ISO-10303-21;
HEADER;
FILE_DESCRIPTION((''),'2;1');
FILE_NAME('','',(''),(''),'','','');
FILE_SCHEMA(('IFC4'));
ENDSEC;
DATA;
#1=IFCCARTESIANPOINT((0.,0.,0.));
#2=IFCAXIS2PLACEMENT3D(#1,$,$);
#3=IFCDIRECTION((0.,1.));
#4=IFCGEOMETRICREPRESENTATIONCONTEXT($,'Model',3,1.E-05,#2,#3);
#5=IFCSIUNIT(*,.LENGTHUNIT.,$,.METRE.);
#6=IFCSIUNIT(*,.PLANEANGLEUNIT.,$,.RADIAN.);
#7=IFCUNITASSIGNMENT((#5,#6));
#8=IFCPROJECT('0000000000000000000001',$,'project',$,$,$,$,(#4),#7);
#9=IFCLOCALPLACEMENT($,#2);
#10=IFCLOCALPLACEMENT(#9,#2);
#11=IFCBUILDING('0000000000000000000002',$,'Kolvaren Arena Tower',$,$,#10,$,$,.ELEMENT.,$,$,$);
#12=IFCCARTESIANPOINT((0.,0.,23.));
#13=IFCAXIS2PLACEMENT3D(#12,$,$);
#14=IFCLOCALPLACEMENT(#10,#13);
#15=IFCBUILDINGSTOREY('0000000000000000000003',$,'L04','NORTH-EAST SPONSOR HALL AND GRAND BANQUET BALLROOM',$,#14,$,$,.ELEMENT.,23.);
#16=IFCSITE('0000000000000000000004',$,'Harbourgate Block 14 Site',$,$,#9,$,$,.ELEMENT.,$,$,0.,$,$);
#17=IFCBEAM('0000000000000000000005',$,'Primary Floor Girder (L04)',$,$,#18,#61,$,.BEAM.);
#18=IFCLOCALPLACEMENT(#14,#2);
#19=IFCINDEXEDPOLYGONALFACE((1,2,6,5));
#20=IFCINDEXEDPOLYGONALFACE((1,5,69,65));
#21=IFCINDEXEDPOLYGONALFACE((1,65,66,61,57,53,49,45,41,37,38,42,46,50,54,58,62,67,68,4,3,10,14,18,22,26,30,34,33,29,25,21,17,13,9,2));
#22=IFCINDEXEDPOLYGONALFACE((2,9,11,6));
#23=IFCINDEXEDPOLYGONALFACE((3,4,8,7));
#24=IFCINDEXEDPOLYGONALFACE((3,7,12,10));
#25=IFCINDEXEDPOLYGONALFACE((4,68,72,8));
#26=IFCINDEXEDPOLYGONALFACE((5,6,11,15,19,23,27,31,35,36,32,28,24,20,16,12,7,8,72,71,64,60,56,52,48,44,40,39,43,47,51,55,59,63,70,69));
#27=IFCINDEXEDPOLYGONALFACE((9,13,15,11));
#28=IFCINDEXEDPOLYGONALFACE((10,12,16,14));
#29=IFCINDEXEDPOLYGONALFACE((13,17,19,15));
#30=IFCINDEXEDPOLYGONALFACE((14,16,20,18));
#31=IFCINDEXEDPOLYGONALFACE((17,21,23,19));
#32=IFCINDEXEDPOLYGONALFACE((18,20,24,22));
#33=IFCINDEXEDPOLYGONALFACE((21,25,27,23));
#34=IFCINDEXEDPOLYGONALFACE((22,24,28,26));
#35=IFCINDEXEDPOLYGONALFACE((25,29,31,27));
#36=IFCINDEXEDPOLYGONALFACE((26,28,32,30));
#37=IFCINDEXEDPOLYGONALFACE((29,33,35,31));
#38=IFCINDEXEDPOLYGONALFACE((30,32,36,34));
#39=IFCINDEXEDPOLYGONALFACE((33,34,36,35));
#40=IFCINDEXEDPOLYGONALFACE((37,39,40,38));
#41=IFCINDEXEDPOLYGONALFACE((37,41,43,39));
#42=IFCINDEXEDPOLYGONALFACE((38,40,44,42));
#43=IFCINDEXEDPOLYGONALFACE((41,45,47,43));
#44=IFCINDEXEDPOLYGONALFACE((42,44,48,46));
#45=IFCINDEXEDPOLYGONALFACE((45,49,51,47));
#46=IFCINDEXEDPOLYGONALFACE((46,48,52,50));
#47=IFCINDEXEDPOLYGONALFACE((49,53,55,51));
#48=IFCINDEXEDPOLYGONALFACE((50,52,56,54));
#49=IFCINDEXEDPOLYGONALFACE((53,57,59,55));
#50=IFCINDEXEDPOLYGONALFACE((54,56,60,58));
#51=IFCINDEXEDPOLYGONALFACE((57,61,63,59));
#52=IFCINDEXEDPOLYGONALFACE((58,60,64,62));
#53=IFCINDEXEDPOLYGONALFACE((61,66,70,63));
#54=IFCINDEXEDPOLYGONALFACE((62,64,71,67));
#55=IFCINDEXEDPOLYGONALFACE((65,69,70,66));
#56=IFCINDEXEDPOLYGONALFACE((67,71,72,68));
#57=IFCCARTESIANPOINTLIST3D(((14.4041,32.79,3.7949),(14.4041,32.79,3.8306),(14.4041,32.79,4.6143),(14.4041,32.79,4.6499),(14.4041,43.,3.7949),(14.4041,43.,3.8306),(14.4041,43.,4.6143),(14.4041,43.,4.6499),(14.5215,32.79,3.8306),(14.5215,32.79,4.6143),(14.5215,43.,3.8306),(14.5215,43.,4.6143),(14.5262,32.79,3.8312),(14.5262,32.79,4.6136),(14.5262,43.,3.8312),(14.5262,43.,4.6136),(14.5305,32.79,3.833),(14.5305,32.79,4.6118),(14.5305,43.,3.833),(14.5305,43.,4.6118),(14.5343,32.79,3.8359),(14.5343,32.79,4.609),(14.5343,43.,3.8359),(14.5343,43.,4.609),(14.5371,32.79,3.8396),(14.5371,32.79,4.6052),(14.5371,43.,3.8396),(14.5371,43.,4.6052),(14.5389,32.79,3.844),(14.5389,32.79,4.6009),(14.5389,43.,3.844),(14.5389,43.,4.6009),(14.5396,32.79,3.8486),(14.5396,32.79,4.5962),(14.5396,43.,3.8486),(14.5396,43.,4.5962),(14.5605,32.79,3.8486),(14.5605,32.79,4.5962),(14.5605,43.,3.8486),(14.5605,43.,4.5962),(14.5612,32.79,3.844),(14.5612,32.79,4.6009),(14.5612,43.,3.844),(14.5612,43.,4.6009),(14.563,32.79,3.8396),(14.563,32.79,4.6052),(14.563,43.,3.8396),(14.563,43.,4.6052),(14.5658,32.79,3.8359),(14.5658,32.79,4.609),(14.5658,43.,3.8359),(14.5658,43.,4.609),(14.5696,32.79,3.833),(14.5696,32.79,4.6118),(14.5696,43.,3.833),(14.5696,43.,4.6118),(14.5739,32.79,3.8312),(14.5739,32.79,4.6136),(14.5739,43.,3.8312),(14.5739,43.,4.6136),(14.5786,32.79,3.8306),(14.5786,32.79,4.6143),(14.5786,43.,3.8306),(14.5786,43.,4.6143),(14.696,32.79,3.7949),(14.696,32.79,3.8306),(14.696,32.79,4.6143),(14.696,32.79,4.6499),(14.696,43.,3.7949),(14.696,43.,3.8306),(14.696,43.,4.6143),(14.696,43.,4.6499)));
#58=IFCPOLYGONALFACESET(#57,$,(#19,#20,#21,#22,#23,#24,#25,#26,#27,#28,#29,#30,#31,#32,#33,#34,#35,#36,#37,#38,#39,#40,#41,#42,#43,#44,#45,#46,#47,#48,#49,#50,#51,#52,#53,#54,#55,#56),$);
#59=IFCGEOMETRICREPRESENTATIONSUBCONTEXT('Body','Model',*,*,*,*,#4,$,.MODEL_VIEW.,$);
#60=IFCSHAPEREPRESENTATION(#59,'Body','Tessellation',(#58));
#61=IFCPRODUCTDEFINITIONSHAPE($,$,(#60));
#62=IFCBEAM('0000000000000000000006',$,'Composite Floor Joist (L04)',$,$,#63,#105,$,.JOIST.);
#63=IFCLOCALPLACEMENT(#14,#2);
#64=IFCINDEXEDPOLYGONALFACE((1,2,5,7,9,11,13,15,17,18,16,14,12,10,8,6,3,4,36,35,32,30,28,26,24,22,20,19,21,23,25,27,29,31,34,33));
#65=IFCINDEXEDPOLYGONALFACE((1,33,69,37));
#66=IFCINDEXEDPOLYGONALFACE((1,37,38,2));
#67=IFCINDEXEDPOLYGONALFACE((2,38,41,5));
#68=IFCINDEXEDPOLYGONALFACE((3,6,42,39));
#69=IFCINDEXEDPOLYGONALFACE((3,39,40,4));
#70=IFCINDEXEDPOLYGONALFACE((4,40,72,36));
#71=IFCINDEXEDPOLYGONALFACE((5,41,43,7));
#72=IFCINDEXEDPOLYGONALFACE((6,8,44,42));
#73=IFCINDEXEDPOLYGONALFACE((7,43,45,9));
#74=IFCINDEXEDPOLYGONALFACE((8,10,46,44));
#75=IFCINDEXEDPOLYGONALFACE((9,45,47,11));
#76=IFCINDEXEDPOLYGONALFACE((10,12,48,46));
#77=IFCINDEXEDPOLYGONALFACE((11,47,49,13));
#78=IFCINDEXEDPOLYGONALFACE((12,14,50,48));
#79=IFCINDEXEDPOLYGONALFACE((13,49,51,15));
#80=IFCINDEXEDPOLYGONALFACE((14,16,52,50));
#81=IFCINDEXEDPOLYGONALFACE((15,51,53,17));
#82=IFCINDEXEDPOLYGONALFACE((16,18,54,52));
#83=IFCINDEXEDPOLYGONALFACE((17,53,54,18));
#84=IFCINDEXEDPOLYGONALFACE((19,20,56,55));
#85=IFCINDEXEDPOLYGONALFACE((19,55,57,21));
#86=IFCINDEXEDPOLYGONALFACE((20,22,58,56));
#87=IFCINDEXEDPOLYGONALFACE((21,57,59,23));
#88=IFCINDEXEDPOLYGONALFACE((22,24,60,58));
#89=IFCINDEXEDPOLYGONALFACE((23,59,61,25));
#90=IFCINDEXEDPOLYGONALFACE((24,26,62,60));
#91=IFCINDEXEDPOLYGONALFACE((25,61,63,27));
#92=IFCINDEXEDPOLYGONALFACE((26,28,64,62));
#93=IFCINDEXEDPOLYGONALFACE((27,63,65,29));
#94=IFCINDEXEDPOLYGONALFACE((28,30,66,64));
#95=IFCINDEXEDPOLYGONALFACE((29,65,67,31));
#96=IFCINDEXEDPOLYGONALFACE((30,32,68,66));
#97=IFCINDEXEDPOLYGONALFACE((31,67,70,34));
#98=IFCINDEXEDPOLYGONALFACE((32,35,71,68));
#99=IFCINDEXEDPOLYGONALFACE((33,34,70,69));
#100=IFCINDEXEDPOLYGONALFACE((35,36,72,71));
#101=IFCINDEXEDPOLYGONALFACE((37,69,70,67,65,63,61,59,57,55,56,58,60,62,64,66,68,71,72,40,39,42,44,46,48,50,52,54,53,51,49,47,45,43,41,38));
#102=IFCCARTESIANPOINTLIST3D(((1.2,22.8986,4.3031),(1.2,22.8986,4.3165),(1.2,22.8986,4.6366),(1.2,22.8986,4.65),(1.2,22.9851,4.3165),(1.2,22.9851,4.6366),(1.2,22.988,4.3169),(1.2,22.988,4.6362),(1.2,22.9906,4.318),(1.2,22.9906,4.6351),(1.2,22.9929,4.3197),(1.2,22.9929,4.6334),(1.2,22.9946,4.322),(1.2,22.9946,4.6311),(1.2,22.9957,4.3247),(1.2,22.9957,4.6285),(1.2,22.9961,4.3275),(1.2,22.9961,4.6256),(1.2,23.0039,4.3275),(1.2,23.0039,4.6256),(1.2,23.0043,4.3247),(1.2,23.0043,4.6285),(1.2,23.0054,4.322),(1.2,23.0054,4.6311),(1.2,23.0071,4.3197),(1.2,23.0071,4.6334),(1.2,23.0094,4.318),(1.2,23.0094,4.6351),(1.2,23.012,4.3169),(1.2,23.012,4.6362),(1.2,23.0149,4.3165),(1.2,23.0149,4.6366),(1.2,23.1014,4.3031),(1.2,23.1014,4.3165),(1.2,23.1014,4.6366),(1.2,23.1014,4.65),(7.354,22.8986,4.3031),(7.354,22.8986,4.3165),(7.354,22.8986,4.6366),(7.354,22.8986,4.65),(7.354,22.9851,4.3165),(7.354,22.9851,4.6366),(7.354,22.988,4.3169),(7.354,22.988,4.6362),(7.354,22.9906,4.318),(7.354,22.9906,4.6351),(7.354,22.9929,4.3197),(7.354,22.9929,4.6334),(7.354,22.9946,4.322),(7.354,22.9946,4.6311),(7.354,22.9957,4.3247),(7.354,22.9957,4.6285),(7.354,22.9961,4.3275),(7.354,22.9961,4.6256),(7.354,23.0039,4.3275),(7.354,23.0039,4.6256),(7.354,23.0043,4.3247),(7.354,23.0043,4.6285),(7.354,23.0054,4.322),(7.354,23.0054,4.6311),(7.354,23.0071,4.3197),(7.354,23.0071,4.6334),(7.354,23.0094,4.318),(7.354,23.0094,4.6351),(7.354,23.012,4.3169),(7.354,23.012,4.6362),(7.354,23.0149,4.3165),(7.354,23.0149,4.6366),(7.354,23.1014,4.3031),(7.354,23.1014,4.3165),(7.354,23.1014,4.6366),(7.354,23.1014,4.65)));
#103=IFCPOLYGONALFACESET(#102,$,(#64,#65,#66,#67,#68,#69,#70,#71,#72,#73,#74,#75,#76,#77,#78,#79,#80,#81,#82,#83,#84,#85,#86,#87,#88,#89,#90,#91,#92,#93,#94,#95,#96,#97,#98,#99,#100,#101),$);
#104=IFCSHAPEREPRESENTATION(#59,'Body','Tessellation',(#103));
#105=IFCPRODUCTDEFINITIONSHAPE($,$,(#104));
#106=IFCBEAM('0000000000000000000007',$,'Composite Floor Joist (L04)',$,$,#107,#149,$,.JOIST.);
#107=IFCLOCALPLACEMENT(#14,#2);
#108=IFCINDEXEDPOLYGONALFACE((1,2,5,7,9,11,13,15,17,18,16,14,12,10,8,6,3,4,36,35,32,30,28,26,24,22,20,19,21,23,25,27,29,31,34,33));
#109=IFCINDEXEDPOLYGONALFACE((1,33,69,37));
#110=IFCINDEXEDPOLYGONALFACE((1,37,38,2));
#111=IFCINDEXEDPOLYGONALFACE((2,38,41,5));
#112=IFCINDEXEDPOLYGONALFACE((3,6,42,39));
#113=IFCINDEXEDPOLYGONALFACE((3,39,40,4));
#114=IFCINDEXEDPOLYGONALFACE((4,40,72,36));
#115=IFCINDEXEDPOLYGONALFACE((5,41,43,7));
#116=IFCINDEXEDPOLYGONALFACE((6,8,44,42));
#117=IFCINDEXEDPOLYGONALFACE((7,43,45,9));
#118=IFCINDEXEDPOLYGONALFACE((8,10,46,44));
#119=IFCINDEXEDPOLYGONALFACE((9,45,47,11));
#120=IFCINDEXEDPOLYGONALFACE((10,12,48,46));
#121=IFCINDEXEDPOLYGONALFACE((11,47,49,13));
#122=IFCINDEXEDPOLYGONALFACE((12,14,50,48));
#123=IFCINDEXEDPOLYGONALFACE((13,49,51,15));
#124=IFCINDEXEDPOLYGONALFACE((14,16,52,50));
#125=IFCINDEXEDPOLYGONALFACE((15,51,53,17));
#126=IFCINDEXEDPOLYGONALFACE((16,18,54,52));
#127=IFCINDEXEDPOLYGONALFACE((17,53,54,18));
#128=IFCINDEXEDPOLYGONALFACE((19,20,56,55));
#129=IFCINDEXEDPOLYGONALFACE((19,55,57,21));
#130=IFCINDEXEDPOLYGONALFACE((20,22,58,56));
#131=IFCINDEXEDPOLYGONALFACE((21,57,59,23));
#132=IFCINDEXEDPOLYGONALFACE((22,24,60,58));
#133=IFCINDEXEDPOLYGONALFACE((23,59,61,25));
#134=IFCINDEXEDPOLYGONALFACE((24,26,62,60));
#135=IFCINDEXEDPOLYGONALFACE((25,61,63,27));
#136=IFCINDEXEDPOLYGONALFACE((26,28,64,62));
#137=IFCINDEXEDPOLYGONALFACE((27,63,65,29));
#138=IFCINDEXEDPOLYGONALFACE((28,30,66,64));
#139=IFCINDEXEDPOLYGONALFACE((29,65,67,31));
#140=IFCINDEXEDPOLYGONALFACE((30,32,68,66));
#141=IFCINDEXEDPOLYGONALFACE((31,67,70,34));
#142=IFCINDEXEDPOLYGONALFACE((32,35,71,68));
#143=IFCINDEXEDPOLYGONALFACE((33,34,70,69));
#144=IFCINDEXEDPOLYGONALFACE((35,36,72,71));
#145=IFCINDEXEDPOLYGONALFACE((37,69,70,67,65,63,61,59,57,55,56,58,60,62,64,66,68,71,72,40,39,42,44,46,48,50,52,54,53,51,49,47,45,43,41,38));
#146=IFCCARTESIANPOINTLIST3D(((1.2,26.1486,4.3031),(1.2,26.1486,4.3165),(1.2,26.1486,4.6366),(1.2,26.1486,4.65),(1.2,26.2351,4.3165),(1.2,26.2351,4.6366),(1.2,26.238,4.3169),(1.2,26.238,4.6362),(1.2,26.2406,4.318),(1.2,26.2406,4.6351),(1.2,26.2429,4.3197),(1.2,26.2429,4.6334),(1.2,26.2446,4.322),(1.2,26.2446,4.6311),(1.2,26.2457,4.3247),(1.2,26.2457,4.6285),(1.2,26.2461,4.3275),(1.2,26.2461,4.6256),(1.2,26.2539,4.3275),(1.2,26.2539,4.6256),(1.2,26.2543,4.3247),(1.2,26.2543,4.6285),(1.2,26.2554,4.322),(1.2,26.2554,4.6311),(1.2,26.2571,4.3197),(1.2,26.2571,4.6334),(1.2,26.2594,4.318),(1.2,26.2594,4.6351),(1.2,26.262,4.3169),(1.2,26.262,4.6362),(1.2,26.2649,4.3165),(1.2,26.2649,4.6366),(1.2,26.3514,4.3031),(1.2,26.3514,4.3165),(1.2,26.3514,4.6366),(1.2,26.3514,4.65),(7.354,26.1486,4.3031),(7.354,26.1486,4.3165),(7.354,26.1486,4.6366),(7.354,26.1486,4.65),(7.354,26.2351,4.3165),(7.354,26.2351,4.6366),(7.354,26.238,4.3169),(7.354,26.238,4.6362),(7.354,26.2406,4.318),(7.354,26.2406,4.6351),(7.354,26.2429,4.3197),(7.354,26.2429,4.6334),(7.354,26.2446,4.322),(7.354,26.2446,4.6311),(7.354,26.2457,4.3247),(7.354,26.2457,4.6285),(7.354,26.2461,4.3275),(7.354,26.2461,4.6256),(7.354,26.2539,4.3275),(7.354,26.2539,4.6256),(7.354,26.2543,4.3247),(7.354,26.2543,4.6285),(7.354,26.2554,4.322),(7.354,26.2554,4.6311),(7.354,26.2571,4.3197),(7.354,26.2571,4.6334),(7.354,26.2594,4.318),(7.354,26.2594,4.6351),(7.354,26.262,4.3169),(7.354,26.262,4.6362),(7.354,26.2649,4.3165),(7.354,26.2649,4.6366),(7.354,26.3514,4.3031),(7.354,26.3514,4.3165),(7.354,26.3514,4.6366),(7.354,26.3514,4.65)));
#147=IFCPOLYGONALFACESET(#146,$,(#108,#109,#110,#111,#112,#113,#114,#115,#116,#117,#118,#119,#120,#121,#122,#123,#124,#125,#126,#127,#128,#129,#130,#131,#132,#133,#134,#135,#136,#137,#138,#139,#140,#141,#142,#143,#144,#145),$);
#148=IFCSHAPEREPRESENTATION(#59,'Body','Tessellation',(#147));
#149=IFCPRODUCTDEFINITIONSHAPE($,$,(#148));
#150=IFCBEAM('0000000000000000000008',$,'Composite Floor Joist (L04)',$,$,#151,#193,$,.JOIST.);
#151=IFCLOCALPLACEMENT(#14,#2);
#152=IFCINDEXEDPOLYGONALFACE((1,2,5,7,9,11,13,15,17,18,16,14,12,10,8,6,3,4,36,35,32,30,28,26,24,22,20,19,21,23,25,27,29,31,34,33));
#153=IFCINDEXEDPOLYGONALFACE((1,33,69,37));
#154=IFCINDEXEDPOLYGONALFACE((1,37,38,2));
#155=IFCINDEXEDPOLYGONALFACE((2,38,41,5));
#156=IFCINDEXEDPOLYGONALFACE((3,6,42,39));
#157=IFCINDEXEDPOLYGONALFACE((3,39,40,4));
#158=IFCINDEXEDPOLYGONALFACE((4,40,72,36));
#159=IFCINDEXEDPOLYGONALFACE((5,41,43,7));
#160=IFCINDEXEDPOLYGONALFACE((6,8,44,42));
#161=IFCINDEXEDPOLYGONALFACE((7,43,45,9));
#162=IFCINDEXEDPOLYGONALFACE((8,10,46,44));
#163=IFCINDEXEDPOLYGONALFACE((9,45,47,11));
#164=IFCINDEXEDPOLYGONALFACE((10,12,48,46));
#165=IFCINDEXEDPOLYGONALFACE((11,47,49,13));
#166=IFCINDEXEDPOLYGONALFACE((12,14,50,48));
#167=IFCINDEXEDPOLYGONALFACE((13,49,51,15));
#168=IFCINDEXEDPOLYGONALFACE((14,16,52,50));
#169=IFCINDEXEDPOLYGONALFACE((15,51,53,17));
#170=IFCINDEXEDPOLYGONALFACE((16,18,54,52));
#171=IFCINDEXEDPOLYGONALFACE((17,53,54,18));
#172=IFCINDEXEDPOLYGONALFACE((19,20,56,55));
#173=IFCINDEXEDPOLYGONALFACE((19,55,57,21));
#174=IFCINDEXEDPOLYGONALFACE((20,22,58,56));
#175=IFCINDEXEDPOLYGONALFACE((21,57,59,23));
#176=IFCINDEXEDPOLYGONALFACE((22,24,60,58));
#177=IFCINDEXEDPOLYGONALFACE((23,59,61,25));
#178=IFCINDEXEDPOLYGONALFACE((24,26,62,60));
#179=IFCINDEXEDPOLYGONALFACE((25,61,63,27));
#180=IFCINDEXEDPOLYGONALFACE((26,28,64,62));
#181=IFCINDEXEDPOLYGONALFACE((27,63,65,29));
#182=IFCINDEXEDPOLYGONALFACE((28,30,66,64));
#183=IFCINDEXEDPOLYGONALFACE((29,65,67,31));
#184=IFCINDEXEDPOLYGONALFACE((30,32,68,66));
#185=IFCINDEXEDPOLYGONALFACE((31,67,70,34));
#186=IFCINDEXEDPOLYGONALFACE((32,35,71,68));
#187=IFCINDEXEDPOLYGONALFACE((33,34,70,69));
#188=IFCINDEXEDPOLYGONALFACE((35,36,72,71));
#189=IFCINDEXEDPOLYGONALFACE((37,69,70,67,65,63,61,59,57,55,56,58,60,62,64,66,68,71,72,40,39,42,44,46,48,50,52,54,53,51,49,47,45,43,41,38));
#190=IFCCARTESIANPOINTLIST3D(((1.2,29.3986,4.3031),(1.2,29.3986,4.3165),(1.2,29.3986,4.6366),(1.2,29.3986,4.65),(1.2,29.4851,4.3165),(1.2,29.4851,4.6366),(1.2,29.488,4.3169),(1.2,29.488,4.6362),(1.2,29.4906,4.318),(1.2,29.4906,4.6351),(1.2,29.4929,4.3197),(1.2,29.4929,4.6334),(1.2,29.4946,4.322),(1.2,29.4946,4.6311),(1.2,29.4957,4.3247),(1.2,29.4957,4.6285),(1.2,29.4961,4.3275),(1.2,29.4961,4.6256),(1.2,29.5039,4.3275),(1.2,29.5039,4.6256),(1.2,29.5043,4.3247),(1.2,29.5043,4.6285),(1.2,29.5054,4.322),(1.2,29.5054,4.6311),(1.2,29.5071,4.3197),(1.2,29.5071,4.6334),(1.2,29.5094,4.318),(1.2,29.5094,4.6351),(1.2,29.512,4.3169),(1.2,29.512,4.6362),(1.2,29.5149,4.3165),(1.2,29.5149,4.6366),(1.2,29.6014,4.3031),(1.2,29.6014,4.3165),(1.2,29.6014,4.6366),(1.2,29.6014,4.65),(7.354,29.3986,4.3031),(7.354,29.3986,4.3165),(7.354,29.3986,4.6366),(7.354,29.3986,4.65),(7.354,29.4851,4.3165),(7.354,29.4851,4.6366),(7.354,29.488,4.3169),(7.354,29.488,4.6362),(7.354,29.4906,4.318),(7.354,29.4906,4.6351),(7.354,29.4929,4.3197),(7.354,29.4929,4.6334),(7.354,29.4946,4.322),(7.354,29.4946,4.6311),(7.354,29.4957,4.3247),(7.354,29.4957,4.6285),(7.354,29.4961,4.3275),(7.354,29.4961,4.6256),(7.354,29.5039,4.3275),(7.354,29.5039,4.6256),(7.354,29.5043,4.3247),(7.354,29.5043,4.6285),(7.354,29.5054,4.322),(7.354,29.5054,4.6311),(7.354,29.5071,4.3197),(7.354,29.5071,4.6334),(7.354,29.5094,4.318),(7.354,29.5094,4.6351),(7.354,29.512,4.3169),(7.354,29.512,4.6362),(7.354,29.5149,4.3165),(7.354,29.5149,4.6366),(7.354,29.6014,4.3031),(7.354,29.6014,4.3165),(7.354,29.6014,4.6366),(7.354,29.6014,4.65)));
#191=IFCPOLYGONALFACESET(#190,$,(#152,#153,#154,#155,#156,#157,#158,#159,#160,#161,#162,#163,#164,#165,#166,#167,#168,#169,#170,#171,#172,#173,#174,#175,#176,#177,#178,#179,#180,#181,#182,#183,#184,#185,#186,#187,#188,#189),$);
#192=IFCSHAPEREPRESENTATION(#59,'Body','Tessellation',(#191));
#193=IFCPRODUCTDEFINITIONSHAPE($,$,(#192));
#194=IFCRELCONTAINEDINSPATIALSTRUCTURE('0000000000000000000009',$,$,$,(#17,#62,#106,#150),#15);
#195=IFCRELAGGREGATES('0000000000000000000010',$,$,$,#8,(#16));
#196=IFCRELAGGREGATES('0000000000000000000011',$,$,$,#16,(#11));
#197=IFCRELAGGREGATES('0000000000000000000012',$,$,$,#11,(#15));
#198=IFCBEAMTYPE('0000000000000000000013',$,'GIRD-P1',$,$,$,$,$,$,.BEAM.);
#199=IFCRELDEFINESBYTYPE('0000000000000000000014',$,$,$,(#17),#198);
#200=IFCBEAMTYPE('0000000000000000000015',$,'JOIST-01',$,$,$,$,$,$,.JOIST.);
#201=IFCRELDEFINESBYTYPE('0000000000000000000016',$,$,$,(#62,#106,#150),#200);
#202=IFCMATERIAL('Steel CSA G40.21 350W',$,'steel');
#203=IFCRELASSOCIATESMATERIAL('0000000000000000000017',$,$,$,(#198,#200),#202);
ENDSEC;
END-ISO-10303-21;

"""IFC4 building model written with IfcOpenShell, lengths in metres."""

from ifc_helpers import new_model, si_unit, direction, frame, origin, origin_2d, place, context, subcontext, project, spatial, i_section, extrude, material, material_profile, profile_set, type_object, element, save


model = new_model("IFC4")

# Units and contexts
model_context = context("Model", 3, precision=1e-05, world=origin(), true_north=direction((0.0, 1.0)))
body_context = subcontext(model_context, "Body", "Model", "MODEL_VIEW")
ifc_project = project(units=[si_unit("LENGTHUNIT", "METRE"), si_unit("PLANEANGLEUNIT", "RADIAN")], contexts=[model_context])

# Site, building, storey
site_placement = place(None, origin())
site = spatial("IfcSite", under=ifc_project, at=site_placement, Name="Harbourgate Block 14 Site", CompositionType="ELEMENT", RefElevation=0.0)
building_placement = place(site_placement, origin())
building = spatial("IfcBuilding", under=site, at=building_placement, Name="Kolvaren Arena Tower", CompositionType="ELEMENT")
storey_placement = place(building_placement, frame((0.0, 0.0, 23.0)))
storey = spatial("IfcBuildingStorey", under=building, at=storey_placement, Name="L04", Description="NORTH-EAST SPONSOR HALL AND GRAND BANQUET BALLROOM", CompositionType="ELEMENT", Elevation=23.0)

# Beams
ifc_material_1 = material(Name="Steel CSA G40.21 350W", Category="steel")
ifc_material_profile_1 = material_profile(ifc_material_1, i_section(OverallWidth=0.292, OverallDepth=0.855, WebThickness=0.021, FlangeThickness=0.0356, FilletRadius=0.0181, at=origin_2d()), Name="W840x299")
ifc_profile_set_1 = profile_set([ifc_material_profile_1], Name="Steel CSA G40.21 350W")
beam_type_1 = type_object("IfcBeamType", Name="GIRD-P1", PredefinedType="BEAM", material=ifc_profile_set_1)
beam_1_placement = place(storey_placement, frame((14.55, 32.79, 4.2224), z_axis=(0.0, 1.0, 0.0), x_axis=(-1.0, 0.0, 0.0)))
element("IfcBeam", 1, at=beam_1_placement, inside=storey, type_object=beam_type_1, Name="Primary Floor Girder (L04)", PredefinedType="BEAM", context=body_context, shape_type="SweptSolid", body=[
    extrude(i_section(OverallWidth=0.292, OverallDepth=0.855, WebThickness=0.021, FlangeThickness=0.0356, FilletRadius=0.0181, at=origin_2d()), origin(), (0.0, 0.0, 1.0), 10.21),
])
ifc_material_profile_2 = material_profile(ifc_material_1, i_section(OverallWidth=0.2029, OverallDepth=0.3469, WebThickness=0.0078, FlangeThickness=0.0134, FilletRadius=0.011, at=origin_2d()), Name="W360x64")
ifc_profile_set_2 = profile_set([ifc_material_profile_2], Name="Steel CSA G40.21 350W")
beam_type_2 = type_object("IfcBeamType", Name="JOIST-01", PredefinedType="JOIST", material=ifc_profile_set_2)
for number, where, z_axis, x_axis, name in (
    (2, (1.2, 23.0, 4.4766), (1.0, 0.0, 0.0), (0.0, 1.0, 0.0), "Composite Floor Joist (L04)"),
    (3, (1.2, 26.25, 4.4766), (1.0, 0.0, 0.0), (0.0, 1.0, 0.0), "Composite Floor Joist (L04)"),
    (4, (1.2, 29.5, 4.4766), (1.0, 0.0, 0.0), (0.0, 1.0, 0.0), "Composite Floor Joist (L04)"),
):
    element("IfcBeam", number, at=place(storey_placement, frame(where, z_axis=z_axis, x_axis=x_axis)), inside=storey, type_object=beam_type_2, Name=name, PredefinedType="JOIST", context=body_context, shape_type="SweptSolid", body=[
        extrude(i_section(OverallWidth=0.2029, OverallDepth=0.3469, WebThickness=0.0078, FlangeThickness=0.0134, FilletRadius=0.011, at=origin_2d()), origin(), (0.0, 0.0, 1.0), 6.1541),
    ])

save(model, "model.ifc")
